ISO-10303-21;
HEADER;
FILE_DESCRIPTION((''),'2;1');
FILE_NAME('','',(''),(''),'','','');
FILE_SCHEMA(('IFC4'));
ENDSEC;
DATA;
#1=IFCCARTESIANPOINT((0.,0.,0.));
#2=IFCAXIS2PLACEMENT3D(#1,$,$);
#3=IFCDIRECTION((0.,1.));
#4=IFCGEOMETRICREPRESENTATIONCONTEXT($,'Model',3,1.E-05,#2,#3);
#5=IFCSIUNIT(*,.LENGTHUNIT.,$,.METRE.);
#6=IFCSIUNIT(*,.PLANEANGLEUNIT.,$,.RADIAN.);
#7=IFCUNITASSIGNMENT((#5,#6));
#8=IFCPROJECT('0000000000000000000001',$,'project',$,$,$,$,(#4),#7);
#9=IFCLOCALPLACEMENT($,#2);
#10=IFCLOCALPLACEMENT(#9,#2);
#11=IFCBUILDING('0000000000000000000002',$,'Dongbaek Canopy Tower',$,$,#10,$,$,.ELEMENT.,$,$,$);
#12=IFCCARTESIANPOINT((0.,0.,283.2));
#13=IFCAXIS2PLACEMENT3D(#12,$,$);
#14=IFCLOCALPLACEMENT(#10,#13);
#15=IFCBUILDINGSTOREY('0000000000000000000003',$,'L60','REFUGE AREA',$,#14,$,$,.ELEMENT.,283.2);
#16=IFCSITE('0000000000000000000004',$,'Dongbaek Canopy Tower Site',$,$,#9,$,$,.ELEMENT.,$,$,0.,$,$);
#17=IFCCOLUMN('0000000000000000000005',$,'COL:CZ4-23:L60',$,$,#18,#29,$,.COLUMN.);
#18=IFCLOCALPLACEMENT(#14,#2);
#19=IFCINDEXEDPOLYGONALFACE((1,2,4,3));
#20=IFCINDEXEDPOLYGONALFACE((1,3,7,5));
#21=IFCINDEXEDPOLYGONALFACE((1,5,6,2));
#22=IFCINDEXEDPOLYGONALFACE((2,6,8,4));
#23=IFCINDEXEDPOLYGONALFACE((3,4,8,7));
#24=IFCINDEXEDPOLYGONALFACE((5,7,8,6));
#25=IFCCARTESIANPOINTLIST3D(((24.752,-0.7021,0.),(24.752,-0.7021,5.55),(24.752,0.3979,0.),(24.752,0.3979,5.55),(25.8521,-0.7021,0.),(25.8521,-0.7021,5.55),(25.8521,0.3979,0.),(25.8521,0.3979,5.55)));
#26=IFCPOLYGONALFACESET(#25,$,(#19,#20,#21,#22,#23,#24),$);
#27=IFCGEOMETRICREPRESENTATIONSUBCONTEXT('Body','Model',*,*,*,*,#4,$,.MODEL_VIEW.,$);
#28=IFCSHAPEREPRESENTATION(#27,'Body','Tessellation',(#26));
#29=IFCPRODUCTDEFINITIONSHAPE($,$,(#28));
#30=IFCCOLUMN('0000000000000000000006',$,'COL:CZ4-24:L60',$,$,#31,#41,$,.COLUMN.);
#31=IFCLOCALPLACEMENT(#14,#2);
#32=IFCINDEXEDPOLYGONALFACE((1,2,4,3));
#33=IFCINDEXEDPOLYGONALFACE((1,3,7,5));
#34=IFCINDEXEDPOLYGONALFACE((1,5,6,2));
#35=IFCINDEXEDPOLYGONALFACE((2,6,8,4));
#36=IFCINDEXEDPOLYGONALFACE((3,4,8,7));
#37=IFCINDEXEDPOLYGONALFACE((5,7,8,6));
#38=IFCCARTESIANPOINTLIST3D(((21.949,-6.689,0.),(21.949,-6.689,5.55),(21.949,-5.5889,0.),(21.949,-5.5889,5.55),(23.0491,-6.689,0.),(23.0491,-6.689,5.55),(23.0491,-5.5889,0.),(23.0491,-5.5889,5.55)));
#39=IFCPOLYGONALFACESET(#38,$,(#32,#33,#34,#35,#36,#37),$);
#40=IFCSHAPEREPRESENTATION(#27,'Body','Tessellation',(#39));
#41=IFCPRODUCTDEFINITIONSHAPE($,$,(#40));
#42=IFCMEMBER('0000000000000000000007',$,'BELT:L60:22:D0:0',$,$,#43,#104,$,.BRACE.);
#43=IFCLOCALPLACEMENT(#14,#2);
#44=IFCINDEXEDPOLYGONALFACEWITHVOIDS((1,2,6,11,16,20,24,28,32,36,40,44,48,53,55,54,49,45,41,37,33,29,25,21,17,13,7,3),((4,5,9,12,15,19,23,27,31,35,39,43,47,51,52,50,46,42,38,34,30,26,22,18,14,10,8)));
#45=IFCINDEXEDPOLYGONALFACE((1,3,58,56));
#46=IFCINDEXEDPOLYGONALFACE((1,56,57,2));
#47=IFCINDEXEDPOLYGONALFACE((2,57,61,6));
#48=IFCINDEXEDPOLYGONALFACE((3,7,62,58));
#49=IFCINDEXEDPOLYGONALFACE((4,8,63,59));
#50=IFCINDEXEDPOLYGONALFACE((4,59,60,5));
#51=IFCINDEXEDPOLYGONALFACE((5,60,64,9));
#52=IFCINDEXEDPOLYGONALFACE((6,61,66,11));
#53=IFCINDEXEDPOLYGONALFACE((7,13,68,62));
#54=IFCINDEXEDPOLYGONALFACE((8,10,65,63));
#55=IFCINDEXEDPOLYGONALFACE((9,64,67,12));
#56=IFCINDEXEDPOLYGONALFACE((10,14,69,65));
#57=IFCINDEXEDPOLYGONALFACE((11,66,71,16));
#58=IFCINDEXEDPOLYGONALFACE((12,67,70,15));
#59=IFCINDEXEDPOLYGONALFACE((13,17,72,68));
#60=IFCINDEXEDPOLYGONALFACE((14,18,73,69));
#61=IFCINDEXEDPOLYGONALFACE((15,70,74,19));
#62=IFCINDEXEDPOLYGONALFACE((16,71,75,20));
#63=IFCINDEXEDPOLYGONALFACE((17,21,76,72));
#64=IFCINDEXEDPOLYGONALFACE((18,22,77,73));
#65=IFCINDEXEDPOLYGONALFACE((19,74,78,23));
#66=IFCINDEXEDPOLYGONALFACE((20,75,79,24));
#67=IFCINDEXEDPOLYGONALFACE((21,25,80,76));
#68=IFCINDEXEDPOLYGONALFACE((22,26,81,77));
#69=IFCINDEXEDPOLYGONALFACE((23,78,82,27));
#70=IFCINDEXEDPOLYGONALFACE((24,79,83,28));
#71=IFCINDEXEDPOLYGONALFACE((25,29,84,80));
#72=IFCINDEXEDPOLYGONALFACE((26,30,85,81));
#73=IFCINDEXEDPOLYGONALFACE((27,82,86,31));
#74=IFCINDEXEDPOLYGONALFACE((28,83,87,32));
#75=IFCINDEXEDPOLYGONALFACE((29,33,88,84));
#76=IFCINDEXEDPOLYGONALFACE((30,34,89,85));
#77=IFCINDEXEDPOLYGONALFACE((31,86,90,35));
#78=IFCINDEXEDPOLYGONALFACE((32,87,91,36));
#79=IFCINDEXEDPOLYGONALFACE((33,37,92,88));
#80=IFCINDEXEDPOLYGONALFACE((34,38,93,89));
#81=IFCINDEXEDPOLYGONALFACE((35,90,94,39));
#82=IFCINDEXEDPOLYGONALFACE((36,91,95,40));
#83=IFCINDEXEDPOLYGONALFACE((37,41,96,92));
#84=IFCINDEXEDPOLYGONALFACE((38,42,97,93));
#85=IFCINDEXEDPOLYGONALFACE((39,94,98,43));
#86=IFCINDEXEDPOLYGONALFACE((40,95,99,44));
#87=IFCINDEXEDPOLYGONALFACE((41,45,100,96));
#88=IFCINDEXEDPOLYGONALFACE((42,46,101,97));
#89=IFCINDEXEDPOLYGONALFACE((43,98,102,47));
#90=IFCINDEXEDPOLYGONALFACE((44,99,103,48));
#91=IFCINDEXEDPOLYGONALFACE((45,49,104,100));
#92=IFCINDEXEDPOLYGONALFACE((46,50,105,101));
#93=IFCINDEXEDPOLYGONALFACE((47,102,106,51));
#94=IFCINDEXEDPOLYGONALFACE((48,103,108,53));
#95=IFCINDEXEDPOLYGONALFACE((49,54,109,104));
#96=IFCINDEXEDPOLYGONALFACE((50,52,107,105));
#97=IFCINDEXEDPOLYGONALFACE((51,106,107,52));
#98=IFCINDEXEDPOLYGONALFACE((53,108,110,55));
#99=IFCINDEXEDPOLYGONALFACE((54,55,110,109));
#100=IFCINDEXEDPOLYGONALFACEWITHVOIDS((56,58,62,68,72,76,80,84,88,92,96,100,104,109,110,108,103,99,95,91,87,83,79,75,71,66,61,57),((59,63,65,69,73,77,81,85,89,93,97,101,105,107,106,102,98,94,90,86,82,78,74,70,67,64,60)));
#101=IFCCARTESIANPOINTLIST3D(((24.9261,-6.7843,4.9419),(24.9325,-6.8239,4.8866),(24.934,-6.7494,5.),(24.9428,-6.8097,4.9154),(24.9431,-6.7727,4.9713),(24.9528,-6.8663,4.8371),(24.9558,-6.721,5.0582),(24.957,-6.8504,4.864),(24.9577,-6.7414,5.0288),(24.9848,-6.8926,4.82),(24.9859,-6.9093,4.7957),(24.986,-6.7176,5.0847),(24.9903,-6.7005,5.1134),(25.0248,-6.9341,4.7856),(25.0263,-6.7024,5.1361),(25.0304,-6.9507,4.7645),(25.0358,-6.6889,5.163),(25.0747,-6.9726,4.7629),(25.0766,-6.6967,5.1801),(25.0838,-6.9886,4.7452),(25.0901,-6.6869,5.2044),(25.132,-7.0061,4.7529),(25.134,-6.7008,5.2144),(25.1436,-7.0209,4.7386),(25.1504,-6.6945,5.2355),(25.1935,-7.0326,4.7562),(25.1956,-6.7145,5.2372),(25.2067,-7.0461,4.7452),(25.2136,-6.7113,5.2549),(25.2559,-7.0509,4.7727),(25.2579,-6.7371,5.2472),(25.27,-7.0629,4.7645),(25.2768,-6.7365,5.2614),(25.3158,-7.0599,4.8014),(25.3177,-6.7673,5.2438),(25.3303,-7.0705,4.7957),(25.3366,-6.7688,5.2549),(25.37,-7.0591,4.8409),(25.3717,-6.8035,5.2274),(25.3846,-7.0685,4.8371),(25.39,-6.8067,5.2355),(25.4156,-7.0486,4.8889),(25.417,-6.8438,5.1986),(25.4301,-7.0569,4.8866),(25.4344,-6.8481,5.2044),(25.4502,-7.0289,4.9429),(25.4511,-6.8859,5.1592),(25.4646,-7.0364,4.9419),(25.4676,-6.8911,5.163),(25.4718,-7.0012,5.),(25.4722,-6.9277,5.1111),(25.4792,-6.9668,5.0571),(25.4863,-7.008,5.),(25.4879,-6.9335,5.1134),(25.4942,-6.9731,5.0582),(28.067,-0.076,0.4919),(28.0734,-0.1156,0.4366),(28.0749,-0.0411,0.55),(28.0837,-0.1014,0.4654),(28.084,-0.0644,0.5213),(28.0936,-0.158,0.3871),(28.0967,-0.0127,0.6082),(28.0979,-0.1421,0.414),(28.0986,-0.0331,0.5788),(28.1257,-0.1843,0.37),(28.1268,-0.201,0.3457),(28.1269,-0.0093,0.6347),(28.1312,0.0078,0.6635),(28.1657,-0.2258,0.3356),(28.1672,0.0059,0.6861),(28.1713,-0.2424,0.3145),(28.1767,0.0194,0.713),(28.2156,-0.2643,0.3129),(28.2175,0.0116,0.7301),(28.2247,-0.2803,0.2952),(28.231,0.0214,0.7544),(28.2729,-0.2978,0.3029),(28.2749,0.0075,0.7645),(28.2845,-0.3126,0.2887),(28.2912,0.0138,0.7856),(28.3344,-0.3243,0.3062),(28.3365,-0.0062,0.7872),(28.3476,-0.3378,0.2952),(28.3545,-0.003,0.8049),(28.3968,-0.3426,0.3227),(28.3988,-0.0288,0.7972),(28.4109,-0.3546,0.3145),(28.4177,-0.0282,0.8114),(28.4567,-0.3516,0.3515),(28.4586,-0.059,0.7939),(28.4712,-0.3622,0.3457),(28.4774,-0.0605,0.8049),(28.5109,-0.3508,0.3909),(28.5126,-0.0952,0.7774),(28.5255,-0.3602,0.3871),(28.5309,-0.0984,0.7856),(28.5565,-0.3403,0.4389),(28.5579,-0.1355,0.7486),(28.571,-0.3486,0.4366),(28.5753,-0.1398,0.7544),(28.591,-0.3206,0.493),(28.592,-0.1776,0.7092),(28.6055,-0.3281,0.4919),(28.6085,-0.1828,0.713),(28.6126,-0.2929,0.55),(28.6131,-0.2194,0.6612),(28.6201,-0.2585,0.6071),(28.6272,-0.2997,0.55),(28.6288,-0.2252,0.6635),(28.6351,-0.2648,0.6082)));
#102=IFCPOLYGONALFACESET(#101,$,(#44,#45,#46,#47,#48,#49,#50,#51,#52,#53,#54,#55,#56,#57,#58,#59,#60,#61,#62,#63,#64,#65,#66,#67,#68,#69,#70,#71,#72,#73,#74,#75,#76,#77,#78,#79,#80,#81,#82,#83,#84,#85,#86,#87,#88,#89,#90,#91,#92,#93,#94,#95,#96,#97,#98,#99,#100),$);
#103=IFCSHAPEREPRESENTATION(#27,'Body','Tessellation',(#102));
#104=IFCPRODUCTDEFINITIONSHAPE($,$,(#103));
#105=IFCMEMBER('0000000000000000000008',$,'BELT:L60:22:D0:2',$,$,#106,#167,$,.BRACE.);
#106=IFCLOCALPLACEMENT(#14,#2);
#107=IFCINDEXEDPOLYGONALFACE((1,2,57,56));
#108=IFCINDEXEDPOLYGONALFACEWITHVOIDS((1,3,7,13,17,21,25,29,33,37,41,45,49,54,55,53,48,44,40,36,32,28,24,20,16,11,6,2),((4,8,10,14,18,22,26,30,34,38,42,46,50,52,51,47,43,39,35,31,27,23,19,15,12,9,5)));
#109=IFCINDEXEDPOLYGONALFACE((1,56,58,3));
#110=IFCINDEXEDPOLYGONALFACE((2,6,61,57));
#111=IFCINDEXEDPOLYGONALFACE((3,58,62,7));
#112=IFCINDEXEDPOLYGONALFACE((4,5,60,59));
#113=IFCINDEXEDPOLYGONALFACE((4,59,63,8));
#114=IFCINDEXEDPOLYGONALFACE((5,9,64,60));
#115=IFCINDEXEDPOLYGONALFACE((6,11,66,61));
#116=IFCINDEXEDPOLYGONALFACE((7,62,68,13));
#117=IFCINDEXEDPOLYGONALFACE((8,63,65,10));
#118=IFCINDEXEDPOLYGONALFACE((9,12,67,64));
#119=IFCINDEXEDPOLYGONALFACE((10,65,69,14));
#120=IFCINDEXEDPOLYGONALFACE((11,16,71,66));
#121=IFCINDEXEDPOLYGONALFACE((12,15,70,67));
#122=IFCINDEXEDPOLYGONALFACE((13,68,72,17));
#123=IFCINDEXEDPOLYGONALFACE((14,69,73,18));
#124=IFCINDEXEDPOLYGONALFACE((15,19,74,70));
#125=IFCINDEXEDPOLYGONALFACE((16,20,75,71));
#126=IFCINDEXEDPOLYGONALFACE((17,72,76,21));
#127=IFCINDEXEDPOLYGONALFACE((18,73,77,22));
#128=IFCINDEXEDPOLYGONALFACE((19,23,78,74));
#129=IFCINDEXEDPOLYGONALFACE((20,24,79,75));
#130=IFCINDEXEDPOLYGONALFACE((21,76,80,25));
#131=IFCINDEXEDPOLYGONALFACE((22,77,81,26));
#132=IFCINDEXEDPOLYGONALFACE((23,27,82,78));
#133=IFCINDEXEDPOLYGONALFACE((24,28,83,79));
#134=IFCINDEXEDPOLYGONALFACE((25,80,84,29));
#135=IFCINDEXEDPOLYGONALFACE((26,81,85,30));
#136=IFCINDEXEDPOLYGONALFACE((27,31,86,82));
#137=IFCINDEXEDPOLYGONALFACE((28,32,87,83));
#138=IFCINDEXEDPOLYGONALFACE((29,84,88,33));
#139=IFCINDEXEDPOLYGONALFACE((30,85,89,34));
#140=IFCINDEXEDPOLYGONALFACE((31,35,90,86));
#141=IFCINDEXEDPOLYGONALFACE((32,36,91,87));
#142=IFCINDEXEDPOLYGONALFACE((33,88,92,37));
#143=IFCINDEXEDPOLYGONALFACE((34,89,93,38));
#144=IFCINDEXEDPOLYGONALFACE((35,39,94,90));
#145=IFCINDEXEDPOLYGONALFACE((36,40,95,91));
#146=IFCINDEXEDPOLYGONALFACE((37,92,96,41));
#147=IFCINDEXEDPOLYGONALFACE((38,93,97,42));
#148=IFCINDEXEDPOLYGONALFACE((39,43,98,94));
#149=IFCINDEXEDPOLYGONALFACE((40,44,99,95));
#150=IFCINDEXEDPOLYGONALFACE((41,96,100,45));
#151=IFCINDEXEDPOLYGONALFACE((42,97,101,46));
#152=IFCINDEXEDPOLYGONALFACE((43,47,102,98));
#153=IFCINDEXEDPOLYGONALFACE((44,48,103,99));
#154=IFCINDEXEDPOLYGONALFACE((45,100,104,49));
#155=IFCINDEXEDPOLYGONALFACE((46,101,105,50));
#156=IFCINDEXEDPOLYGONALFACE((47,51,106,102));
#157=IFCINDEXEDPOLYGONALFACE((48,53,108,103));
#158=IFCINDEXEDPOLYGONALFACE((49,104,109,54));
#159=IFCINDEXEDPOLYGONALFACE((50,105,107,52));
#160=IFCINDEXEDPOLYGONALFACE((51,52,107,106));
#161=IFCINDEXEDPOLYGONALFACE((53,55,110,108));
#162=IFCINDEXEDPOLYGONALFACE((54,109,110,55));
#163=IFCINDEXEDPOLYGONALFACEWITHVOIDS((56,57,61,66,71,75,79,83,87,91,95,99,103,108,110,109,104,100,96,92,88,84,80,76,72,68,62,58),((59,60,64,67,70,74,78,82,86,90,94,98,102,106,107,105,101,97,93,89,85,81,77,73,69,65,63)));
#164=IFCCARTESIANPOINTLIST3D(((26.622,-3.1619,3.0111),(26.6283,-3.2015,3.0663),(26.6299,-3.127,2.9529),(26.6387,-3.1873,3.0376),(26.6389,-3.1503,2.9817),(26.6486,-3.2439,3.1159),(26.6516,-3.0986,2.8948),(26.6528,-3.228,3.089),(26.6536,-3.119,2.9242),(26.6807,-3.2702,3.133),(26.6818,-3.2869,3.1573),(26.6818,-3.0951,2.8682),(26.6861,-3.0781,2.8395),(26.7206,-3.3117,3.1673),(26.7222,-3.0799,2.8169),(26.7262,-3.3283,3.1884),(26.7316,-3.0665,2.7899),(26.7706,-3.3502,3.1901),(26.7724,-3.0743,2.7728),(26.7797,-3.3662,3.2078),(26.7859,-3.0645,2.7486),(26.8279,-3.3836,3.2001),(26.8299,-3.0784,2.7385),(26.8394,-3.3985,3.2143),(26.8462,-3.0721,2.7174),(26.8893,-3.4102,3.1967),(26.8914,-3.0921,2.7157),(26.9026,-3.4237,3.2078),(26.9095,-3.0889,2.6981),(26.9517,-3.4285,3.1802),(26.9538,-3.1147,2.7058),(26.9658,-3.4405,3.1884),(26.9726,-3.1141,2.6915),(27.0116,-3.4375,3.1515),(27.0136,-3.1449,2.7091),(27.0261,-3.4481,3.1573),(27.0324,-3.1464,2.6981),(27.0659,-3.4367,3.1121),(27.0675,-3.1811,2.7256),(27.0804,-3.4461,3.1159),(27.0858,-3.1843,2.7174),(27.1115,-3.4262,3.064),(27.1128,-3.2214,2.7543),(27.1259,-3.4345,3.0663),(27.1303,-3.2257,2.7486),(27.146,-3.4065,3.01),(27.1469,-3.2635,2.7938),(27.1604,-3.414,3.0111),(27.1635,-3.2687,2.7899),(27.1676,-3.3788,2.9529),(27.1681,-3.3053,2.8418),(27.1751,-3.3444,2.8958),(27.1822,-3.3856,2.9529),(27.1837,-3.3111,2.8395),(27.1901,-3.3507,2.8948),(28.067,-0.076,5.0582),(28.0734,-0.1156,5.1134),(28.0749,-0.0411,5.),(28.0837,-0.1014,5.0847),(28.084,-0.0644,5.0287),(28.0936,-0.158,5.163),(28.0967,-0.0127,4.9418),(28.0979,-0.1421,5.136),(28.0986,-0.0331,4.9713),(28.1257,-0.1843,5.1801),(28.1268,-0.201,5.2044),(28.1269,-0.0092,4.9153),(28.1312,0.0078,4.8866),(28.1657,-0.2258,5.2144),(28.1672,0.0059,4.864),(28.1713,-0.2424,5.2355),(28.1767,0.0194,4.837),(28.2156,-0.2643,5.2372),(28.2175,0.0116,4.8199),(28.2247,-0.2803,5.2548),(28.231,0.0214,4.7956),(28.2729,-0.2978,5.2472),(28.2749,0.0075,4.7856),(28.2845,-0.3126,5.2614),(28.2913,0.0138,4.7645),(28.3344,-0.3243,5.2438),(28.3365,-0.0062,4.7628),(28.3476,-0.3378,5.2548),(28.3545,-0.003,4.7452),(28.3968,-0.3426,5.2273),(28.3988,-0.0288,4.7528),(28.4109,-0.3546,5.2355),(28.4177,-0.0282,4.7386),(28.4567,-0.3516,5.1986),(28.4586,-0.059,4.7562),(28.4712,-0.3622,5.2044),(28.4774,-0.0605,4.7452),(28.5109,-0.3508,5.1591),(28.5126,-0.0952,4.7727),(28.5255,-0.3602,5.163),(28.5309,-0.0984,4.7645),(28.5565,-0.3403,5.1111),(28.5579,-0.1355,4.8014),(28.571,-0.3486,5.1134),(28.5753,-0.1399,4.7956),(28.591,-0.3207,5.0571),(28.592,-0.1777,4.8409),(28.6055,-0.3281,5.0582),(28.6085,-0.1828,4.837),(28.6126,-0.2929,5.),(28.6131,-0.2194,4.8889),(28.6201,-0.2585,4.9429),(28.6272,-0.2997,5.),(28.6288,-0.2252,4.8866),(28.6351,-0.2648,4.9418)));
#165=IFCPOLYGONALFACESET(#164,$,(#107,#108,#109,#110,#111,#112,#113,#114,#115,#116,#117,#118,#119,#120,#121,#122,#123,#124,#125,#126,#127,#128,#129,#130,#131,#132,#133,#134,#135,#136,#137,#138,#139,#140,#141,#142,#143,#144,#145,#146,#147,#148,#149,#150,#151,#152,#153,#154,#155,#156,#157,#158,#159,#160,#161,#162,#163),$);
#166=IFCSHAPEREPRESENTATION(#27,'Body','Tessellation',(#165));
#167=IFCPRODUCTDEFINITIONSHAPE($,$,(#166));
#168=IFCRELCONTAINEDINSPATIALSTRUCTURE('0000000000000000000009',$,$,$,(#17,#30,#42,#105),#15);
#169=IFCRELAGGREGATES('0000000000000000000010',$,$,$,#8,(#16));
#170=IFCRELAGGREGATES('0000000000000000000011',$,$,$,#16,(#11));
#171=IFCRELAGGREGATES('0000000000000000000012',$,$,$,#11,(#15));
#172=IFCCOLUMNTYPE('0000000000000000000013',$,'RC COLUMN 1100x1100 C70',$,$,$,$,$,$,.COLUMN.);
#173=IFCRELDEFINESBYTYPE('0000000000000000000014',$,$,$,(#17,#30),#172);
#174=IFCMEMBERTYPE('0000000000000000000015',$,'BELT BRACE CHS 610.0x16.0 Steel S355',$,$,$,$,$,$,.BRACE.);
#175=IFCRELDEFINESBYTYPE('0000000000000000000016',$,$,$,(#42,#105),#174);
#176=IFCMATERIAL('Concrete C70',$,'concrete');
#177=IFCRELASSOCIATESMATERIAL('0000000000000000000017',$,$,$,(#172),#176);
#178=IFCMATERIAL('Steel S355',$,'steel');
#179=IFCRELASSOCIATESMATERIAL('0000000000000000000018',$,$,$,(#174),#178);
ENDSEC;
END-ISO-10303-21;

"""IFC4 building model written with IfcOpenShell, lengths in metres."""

from ifc_helpers import new_model, si_unit, direction, frame, origin, origin_2d, place, context, subcontext, project, spatial, rectangle, hollow_circle, extrude, material, material_profile, profile_set, type_object, element, save


model = new_model("IFC4")

# Units and contexts
model_context = context("Model", 3, precision=1e-05, world=origin(), true_north=direction((0.0, 1.0)))
body_context = subcontext(model_context, "Body", "Model", "MODEL_VIEW")
ifc_project = project(units=[si_unit("LENGTHUNIT", "METRE"), si_unit("PLANEANGLEUNIT", "RADIAN")], contexts=[model_context])

# Site, building, storey
site_placement = place(None, origin())
site = spatial("IfcSite", under=ifc_project, at=site_placement, Name="Dongbaek Canopy Tower Site", CompositionType="ELEMENT", RefElevation=0.0)
building_placement = place(site_placement, origin())
building = spatial("IfcBuilding", under=site, at=building_placement, Name="Dongbaek Canopy Tower", CompositionType="ELEMENT")
storey_placement = place(building_placement, frame((0.0, 0.0, 283.2)))
storey = spatial("IfcBuildingStorey", under=building, at=storey_placement, Name="L60", Description="REFUGE AREA", CompositionType="ELEMENT", Elevation=283.2)

# Columns
ifc_material_1 = material(Name="Concrete C70", Category="concrete")
ifc_material_profile_1 = material_profile(ifc_material_1, rectangle(XDim=1.1001, YDim=1.1001, at=origin_2d()), Name="RC COLUMN 1100x1100 C70")
ifc_profile_set_1 = profile_set([ifc_material_profile_1], Name="Concrete C70")
column_type = type_object("IfcColumnType", Name="RC COLUMN 1100x1100 C70", PredefinedType="COLUMN", material=ifc_profile_set_1)
for number, where, z_axis, x_axis, name in (
    (1, (25.302, -0.1521, 0.0), (0.0, 0.0, 1.0), (1.0, 0.0, 0.0), "COL:CZ4-23:L60"),
    (2, (22.499, -6.1389, 0.0), (0.0, 0.0, 1.0), (1.0, 0.0, 0.0), "COL:CZ4-24:L60"),
):
    element("IfcColumn", number, at=place(storey_placement, frame(where, z_axis=z_axis, x_axis=x_axis)), inside=storey, type_object=column_type, Name=name, PredefinedType="COLUMN", context=body_context, shape_type="SweptSolid", body=[
        extrude(rectangle(XDim=1.1001, YDim=1.1001, at=origin_2d()), origin(), (0.0, 0.0, 1.0), 5.55),
    ])

# Members
ifc_material_2 = material(Name="Steel S355", Category="steel")
ifc_material_profile_2 = material_profile(ifc_material_2, hollow_circle(Radius=0.3049, WallThickness=0.0161, at=origin_2d()), Name="BELT BRACE CHS 610.0x16.0 Steel S355")
ifc_profile_set_2 = profile_set([ifc_material_profile_2], Name="Steel S355")
member_type_1 = type_object("IfcMemberType", Name="BELT BRACE CHS 610.0x16.0 Steel S355", PredefinedType="BRACE", material=ifc_profile_set_2)
member_1_placement = place(storey_placement, frame((28.3511, -0.1704, 0.55), z_axis=(-0.363482, -0.776324, 0.514978), x_axis=(0.905647, -0.424033, 0.0)))
element("IfcMember", 3, at=member_1_placement, inside=storey, type_object=member_type_1, Name="BELT:L60:22:D0:0", PredefinedType="BRACE", context=body_context, shape_type="SweptSolid", body=[
    extrude(hollow_circle(Radius=0.3049, WallThickness=0.0161, at=origin_2d()), origin(), (0.0, 0.0, 1.0), 8.6411),
])
member_2_placement = place(storey_placement, frame((28.3511, -0.1704, 5.0), z_axis=(-0.363524, -0.776304, -0.514977), x_axis=(0.905624, -0.424081, 0.0)))
element("IfcMember", 4, at=member_2_placement, inside=storey, type_object=member_type_1, Name="BELT:L60:22:D0:2", PredefinedType="BRACE", context=body_context, shape_type="SweptSolid", body=[
    extrude(hollow_circle(Radius=0.3049, WallThickness=0.0161, at=origin_2d()), origin(), (0.0, 0.0, 1.0), 3.9751),
])

save(model, "model.ifc")
